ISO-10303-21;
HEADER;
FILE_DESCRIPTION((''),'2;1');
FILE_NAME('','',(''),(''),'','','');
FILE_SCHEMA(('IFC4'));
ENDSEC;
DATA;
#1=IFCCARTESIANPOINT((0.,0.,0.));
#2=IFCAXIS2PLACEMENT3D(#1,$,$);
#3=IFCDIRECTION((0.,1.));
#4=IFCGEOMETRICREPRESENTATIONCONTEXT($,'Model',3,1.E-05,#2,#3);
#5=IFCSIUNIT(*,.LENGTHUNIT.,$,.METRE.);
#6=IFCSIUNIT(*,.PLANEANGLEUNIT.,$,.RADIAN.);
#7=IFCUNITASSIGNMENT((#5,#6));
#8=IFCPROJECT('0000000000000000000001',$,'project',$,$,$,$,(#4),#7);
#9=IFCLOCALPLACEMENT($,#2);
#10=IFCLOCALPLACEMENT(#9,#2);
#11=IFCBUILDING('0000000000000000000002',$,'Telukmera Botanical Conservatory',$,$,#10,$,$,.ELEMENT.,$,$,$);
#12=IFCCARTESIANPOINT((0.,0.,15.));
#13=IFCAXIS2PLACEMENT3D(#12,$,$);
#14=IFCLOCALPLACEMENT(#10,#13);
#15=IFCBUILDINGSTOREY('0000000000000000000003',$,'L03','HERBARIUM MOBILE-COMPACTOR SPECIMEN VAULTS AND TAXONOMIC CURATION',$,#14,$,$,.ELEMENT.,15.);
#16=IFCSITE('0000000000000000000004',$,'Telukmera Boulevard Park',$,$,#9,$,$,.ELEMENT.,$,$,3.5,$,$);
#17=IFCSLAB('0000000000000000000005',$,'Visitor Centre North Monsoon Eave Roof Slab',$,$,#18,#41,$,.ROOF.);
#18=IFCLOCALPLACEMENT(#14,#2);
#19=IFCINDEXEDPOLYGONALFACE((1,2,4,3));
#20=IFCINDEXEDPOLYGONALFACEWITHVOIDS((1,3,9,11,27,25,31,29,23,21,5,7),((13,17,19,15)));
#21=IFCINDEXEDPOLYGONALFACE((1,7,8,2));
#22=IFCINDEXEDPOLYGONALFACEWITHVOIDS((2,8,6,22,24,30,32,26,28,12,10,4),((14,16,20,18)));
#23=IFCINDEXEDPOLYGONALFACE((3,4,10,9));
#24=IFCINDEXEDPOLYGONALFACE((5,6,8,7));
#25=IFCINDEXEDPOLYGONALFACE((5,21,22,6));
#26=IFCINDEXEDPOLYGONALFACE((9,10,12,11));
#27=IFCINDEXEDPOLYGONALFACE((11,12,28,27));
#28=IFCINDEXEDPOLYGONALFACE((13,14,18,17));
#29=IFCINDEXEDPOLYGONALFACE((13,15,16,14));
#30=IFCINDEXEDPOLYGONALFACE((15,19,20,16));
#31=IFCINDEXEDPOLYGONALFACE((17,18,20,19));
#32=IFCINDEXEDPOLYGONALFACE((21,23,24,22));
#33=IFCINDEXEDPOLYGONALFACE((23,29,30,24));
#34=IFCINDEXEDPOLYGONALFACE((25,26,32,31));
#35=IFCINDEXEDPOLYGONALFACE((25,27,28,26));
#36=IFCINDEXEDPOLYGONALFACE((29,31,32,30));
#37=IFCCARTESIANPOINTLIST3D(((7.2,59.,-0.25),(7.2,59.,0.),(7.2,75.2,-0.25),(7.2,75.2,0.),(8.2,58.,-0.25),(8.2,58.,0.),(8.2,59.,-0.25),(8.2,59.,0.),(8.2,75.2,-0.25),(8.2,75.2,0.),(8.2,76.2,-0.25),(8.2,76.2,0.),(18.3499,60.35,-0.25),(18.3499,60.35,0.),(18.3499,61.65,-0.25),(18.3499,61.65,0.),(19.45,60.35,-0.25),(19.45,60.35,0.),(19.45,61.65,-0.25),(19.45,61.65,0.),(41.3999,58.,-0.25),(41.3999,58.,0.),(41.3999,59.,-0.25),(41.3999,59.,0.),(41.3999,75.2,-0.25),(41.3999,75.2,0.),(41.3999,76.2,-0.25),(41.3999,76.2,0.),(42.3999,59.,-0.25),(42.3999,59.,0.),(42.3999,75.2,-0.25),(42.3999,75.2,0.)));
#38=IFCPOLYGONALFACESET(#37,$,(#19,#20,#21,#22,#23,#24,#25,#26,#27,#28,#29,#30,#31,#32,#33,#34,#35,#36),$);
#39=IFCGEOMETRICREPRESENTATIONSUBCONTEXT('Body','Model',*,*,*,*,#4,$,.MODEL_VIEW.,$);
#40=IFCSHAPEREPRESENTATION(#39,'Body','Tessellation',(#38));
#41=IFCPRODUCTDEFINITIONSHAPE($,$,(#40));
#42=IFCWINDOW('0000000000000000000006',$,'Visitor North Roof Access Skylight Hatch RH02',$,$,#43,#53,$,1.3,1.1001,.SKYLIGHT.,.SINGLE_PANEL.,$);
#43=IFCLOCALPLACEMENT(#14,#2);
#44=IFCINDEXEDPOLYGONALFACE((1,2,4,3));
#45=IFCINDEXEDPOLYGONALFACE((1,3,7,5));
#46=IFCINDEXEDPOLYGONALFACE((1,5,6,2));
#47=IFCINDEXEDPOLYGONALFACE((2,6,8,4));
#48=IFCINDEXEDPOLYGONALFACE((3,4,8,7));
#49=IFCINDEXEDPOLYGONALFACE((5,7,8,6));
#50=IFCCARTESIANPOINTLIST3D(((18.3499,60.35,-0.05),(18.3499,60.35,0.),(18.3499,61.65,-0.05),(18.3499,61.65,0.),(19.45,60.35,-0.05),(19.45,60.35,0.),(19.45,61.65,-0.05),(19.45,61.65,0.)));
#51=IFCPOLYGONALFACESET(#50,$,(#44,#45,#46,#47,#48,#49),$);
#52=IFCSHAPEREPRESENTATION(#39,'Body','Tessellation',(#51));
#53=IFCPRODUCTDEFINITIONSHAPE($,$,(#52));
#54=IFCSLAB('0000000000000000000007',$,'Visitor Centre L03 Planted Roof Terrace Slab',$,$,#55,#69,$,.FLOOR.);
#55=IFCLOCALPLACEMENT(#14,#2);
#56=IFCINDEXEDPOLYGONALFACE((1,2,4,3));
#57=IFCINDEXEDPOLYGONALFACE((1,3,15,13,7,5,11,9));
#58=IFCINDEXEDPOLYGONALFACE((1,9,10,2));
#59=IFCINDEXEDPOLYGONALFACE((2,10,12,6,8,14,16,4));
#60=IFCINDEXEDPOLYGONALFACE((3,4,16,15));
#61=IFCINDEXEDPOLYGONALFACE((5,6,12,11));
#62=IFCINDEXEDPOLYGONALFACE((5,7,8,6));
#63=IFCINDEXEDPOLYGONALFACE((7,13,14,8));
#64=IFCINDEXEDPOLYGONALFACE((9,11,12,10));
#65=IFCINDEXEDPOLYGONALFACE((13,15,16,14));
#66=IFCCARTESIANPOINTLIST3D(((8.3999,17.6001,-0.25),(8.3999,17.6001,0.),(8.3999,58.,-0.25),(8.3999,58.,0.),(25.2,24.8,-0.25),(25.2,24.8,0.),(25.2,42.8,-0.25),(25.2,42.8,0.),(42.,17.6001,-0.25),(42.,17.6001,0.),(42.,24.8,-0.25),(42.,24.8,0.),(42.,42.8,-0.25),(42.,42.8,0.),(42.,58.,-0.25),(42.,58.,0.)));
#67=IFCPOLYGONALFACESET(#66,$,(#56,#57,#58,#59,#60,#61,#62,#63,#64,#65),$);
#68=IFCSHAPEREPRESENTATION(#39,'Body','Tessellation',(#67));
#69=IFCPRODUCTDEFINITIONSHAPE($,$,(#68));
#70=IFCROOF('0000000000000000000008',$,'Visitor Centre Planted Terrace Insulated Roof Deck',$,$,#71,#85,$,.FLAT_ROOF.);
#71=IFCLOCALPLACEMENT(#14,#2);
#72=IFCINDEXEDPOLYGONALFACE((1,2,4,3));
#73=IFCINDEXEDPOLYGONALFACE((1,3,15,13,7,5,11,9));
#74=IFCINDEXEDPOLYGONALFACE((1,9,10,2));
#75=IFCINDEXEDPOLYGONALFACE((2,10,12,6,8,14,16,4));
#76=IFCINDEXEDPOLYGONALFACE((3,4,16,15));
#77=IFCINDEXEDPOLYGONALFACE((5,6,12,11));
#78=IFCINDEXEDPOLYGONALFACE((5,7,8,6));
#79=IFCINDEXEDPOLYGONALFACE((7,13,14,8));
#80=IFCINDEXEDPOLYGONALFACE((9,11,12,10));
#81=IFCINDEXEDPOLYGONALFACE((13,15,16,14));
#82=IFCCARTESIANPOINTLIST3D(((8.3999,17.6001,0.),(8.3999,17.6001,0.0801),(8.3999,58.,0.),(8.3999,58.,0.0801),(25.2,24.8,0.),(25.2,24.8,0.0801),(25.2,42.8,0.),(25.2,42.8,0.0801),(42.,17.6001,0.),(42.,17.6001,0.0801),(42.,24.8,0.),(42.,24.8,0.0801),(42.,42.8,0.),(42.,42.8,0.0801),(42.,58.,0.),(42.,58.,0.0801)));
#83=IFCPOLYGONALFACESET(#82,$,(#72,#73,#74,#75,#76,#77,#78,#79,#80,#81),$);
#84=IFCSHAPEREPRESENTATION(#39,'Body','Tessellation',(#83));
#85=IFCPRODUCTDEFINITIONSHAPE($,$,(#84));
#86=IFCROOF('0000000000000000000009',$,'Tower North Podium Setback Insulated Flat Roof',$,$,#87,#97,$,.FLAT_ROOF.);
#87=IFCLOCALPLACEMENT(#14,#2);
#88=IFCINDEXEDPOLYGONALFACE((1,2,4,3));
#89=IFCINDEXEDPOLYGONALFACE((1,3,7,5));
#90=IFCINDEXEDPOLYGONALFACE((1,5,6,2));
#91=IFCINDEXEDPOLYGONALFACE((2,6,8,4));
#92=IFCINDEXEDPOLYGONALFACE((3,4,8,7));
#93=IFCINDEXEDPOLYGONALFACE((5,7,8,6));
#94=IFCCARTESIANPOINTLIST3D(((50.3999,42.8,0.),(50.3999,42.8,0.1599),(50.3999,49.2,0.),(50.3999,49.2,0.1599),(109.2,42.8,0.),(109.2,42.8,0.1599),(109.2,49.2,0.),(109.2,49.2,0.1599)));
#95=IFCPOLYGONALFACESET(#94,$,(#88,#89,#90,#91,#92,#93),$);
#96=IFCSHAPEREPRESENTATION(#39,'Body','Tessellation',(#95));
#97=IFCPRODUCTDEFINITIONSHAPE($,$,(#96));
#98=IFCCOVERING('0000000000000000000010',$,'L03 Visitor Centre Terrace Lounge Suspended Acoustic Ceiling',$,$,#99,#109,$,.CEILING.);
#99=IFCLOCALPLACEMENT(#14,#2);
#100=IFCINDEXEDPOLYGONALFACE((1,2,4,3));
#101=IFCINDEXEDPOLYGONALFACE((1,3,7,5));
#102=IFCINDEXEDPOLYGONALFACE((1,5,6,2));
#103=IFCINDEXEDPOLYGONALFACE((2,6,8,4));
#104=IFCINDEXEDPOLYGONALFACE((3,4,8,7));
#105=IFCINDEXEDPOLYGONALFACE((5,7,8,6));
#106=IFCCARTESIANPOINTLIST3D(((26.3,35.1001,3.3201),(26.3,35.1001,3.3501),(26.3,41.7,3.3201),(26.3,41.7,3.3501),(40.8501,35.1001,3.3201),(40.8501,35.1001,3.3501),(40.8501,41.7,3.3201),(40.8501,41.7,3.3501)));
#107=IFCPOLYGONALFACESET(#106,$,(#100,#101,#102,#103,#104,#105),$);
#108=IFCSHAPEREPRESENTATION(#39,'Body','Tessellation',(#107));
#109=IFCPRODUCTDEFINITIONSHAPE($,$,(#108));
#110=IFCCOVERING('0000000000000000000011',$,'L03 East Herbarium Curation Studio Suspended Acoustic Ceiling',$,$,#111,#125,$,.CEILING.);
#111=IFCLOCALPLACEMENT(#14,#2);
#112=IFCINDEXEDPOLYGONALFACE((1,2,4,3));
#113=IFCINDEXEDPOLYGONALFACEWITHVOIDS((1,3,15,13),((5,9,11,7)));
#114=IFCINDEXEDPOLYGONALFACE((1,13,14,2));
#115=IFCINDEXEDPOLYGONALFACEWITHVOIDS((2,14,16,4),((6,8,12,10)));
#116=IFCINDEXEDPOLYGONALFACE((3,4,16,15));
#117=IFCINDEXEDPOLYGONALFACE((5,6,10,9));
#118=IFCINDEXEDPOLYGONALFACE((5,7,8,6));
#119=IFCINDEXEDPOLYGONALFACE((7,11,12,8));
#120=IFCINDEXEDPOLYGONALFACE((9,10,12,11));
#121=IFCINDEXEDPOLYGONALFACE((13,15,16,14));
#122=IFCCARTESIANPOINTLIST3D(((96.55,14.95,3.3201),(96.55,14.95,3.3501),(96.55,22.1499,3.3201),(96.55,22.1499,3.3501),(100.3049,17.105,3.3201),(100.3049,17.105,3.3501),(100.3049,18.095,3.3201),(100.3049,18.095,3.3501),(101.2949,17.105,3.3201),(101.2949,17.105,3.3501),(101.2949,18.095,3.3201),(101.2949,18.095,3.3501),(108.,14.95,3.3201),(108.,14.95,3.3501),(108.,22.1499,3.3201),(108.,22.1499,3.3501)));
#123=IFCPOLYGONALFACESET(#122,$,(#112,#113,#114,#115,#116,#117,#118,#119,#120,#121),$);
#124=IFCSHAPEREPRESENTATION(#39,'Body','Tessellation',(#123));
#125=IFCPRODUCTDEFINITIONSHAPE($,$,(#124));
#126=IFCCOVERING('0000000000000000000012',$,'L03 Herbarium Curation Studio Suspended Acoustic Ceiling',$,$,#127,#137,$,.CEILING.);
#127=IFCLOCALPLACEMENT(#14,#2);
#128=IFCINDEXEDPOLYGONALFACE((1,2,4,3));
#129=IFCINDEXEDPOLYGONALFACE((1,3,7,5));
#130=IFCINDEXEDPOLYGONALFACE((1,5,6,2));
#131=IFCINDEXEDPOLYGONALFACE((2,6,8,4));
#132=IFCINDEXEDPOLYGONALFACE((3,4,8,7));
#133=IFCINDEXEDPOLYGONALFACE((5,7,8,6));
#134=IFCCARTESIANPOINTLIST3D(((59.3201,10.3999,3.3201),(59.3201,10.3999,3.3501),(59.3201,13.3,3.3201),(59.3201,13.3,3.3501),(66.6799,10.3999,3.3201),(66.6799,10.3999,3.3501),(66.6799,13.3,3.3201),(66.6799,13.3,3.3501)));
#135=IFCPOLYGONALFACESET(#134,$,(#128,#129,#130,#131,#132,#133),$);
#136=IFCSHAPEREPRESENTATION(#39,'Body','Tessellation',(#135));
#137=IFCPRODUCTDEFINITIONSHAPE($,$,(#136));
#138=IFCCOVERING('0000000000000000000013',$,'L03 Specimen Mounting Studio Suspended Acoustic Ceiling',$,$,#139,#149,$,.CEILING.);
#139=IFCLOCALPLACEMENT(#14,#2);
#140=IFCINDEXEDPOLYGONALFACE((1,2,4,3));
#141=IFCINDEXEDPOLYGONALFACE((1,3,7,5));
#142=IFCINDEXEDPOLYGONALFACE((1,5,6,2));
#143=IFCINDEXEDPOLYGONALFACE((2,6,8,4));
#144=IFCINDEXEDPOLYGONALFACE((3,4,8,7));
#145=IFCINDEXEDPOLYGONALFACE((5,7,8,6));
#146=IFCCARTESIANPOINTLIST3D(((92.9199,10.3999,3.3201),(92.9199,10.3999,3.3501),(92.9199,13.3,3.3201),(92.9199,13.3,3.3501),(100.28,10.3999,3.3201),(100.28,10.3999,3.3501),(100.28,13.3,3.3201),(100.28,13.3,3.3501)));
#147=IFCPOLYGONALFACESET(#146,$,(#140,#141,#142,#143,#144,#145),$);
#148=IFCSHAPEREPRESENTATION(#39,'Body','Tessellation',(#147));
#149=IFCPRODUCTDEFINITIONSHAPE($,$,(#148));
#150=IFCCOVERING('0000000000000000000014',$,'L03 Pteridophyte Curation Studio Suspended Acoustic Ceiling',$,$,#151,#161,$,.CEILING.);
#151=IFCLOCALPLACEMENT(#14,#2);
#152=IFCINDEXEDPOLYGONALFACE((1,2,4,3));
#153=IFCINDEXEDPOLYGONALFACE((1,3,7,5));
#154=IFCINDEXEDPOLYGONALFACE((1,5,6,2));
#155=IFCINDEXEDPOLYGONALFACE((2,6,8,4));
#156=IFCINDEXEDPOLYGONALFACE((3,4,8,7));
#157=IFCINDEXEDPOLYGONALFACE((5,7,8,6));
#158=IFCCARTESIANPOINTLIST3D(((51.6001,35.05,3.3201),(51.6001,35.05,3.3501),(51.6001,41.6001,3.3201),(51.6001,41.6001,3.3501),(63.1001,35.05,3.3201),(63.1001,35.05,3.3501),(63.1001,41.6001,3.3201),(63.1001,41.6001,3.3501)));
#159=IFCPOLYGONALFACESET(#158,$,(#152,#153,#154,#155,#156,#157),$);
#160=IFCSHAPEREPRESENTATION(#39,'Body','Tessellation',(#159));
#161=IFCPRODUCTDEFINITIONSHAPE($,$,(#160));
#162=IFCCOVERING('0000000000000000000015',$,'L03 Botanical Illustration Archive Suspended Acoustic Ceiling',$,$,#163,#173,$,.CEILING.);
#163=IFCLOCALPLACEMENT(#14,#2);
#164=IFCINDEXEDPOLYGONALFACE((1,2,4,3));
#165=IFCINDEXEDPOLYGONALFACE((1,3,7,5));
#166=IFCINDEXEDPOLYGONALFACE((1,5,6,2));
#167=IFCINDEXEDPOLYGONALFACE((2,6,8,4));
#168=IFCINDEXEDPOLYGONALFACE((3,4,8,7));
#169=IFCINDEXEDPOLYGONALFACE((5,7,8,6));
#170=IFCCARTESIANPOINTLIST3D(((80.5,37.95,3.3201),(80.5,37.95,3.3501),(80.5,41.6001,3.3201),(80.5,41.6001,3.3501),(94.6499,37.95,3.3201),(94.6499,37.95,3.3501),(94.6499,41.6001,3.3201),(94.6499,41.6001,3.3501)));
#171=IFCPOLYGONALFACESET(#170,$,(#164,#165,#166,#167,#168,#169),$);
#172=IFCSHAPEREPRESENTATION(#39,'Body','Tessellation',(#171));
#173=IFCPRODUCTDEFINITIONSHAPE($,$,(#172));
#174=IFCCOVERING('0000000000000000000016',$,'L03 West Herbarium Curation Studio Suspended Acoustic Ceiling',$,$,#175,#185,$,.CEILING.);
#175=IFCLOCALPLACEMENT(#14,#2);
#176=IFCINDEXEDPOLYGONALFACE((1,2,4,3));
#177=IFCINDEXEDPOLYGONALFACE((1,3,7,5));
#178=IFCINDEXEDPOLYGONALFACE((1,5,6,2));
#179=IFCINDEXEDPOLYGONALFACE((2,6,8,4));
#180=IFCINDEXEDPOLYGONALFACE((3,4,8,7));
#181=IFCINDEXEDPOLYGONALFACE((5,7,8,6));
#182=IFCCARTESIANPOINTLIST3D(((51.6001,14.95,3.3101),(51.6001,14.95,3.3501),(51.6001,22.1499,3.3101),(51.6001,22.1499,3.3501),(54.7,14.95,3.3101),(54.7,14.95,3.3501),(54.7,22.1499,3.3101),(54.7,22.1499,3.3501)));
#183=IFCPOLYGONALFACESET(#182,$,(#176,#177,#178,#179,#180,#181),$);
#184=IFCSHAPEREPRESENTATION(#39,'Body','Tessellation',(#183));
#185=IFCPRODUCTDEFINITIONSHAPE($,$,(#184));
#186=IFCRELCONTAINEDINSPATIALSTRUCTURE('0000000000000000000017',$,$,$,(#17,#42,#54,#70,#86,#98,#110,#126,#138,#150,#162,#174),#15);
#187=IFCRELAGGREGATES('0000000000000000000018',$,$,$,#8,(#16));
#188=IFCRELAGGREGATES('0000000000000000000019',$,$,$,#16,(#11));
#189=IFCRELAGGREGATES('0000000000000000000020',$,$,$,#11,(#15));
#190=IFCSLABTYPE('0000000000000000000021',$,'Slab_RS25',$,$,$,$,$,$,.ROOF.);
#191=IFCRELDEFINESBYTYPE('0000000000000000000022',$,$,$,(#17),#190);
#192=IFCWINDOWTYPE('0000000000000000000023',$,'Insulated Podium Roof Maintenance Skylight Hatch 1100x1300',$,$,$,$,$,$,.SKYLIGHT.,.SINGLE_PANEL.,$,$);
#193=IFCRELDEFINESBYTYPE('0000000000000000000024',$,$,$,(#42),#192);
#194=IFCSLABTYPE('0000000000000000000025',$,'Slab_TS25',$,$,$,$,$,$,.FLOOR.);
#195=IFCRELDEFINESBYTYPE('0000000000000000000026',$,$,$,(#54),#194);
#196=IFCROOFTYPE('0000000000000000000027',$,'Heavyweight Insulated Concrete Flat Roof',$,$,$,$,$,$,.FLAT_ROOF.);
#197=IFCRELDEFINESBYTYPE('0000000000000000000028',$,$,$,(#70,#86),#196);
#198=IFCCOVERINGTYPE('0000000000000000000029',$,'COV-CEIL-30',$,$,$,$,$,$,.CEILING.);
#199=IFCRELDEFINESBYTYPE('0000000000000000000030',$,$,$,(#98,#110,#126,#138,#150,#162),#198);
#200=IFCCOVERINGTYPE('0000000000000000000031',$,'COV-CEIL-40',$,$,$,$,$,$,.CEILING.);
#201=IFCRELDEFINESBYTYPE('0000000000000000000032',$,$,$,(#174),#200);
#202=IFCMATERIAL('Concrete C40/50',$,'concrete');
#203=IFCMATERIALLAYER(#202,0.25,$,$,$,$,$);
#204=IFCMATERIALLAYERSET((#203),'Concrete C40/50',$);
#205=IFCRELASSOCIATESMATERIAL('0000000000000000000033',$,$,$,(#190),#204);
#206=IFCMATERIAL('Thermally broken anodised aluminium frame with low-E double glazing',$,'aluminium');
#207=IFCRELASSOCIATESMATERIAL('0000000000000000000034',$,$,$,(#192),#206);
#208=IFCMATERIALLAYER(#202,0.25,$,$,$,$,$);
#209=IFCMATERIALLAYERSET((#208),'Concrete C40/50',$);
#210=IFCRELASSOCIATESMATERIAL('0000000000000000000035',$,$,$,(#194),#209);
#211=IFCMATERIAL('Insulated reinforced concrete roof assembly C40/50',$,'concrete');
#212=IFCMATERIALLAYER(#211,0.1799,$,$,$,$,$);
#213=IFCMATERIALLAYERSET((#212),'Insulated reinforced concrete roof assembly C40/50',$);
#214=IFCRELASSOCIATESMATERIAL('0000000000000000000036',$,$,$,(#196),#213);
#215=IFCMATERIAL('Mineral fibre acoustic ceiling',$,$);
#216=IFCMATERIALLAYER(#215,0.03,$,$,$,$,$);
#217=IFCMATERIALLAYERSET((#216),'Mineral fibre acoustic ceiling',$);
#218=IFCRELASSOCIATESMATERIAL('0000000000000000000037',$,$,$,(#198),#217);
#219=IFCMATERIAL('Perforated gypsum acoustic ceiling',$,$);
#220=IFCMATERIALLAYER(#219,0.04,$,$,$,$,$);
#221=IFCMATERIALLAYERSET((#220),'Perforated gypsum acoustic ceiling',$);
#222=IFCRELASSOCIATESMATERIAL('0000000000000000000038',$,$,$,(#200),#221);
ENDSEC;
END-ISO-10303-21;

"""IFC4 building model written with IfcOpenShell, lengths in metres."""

from ifc_helpers import new_model, si_unit, direction, frame, origin, origin_2d, place, context, subcontext, project, spatial, polyline, rectangle, outline, extrude, material, layer, layer_set, type_object, element, fill, save


model = new_model("IFC4")

# Units and contexts
model_context = context("Model", 3, precision=1e-05, world=origin(), true_north=direction((0.0, 1.0)))
body_context = subcontext(model_context, "Body", "Model", "MODEL_VIEW")
ifc_project = project(units=[si_unit("LENGTHUNIT", "METRE"), si_unit("PLANEANGLEUNIT", "RADIAN")], contexts=[model_context])

# Site, building, storey
site_placement = place(None, origin())
site = spatial("IfcSite", under=ifc_project, at=site_placement, Name="Telukmera Boulevard Park", CompositionType="ELEMENT", RefElevation=3.5)
building_placement = place(site_placement, origin())
building = spatial("IfcBuilding", under=site, at=building_placement, Name="Telukmera Botanical Conservatory", CompositionType="ELEMENT")
storey_placement = place(building_placement, frame((0.0, 0.0, 15.0)))
storey = spatial("IfcBuildingStorey", under=building, at=storey_placement, Name="L03", Description="HERBARIUM MOBILE-COMPACTOR SPECIMEN VAULTS AND TAXONOMIC CURATION", CompositionType="ELEMENT", Elevation=15.0)

# Shared definitions
ifc_material_1 = material(Name="Concrete C40/50", Category="concrete")

# Slab, opening, window
ifc_layer_1 = layer(ifc_material_1, 0.25)
ifc_layer_set_1 = layer_set([ifc_layer_1], Name="Concrete C40/50")
slab_type_1 = type_object("IfcSlabType", Name="Slab_RS25", PredefinedType="ROOF", material=ifc_layer_set_1)
slab_1_placement = place(storey_placement, frame((0.0, 0.0, -0.25)))
slab_1 = element("IfcSlab", 1, at=slab_1_placement, inside=storey, type_object=slab_type_1, Name="Visitor Centre North Monsoon Eave Roof Slab", PredefinedType="ROOF", context=body_context, shape_type="SweptSolid", body=[
    extrude(outline(polyline([(8.2, 58.0), (41.3999, 58.0), (41.3999, 59.0), (42.3999, 59.0), (42.3999, 75.2), (41.3999, 75.2), (41.3999, 76.2), (8.2, 76.2), (8.2, 75.2), (7.2, 75.2), (7.2, 59.0), (8.2, 59.0), (8.2, 58.0)])), origin(), (0.0, 0.0, 1.0), 0.25),
])
opening_placement = place(slab_1_placement, frame((18.8999, 61.0, 0.0)))
opening = element("IfcOpeningElement", 2, at=opening_placement, cuts=slab_1, PredefinedType="OPENING", context=body_context, shape_type="SweptSolid", body=[
    extrude(rectangle(XDim=1.1001, YDim=1.3, at=origin_2d()), frame((0.0, 0.0, -0.01)), (0.0, 0.0, 1.0), 0.27),
])
ifc_material_2 = material(Name="Thermally broken anodised aluminium frame with low-E double glazing", Category="aluminium")
window_type = type_object("IfcWindowType", Name="Insulated Podium Roof Maintenance Skylight Hatch 1100x1300", PartitioningType="SINGLE_PANEL", PredefinedType="SKYLIGHT", material=ifc_material_2)
window_placement = place(opening_placement, frame((0.0, 0.0, 0.2)))
window = element("IfcWindow", 3, at=window_placement, inside=storey, type_object=window_type, Name="Visitor North Roof Access Skylight Hatch RH02", OverallHeight=1.3, OverallWidth=1.1001, PartitioningType="SINGLE_PANEL", PredefinedType="SKYLIGHT", context=body_context, shape_type="SweptSolid", body=[
    extrude(rectangle(XDim=1.1001, YDim=1.3, at=origin_2d()), origin(), (0.0, 0.0, 1.0), 0.05),
])
fill(opening, window)

# Slab
ifc_layer_2 = layer(ifc_material_1, 0.25)
ifc_layer_set_2 = layer_set([ifc_layer_2], Name="Concrete C40/50")
slab_type_2 = type_object("IfcSlabType", Name="Slab_TS25", PredefinedType="FLOOR", material=ifc_layer_set_2)
slab_2_placement = place(storey_placement, frame((0.0, 0.0, -0.25)))
element("IfcSlab", 4, at=slab_2_placement, inside=storey, type_object=slab_type_2, Name="Visitor Centre L03 Planted Roof Terrace Slab", PredefinedType="FLOOR", context=body_context, shape_type="SweptSolid", body=[
    extrude(outline(polyline([(8.3999, 17.6001), (42.0, 17.6001), (42.0, 24.8), (25.2, 24.8), (25.2, 42.8), (42.0, 42.8), (42.0, 58.0), (8.3999, 58.0), (8.3999, 17.6001)])), origin(), (0.0, 0.0, 1.0), 0.25),
])

# Roofs
ifc_material_3 = material(Name="Insulated reinforced concrete roof assembly C40/50", Category="concrete")
ifc_layer_3 = layer(ifc_material_3, 0.1799)
ifc_layer_set_3 = layer_set([ifc_layer_3], Name="Insulated reinforced concrete roof assembly C40/50")
roof_type = type_object("IfcRoofType", Name="Heavyweight Insulated Concrete Flat Roof", PredefinedType="FLAT_ROOF", material=ifc_layer_set_3)
roof_1_placement = place(storey_placement, origin())
element("IfcRoof", 5, at=roof_1_placement, inside=storey, type_object=roof_type, Name="Visitor Centre Planted Terrace Insulated Roof Deck", PredefinedType="FLAT_ROOF", context=body_context, shape_type="SweptSolid", body=[
    extrude(outline(polyline([(8.3999, 17.6001), (42.0, 17.6001), (42.0, 24.8), (25.2, 24.8), (25.2, 42.8), (42.0, 42.8), (42.0, 58.0), (8.3999, 58.0), (8.3999, 17.6001)])), origin(), (0.0, 0.0, 1.0), 0.0801),
])
roof_2_placement = place(storey_placement, origin())
element("IfcRoof", 6, at=roof_2_placement, inside=storey, type_object=roof_type, Name="Tower North Podium Setback Insulated Flat Roof", PredefinedType="FLAT_ROOF", context=body_context, shape_type="SweptSolid", body=[
    extrude(outline(polyline([(50.3999, 42.8), (109.2, 42.8), (109.2, 49.2), (50.3999, 49.2), (50.3999, 42.8)])), origin(), (0.0, 0.0, 1.0), 0.1599),
])

# Coverings
ifc_material_4 = material(Name="Mineral fibre acoustic ceiling")
ifc_layer_4 = layer(ifc_material_4, 0.03)
ifc_layer_set_4 = layer_set([ifc_layer_4], Name="Mineral fibre acoustic ceiling")
covering_type_1 = type_object("IfcCoveringType", Name="COV-CEIL-30", PredefinedType="CEILING", material=ifc_layer_set_4)
covering_1_placement = place(storey_placement, frame((0.0, 0.0, 3.3201)))
element("IfcCovering", 7, at=covering_1_placement, inside=storey, type_object=covering_type_1, Name="L03 Visitor Centre Terrace Lounge Suspended Acoustic Ceiling", PredefinedType="CEILING", context=body_context, shape_type="SweptSolid", body=[
    extrude(outline(polyline([(26.3, 35.1001), (40.8501, 35.1001), (40.8501, 41.7), (26.3, 41.7), (26.3, 35.1001)])), origin(), (0.0, 0.0, 1.0), 0.03),
])
covering_2_placement = place(storey_placement, frame((0.0, 0.0, 3.3201)))
element("IfcCovering", 8, at=covering_2_placement, inside=storey, type_object=covering_type_1, Name="L03 East Herbarium Curation Studio Suspended Acoustic Ceiling", PredefinedType="CEILING", context=body_context, shape_type="SweptSolid", body=[
    extrude(outline(polyline([(96.55, 14.95), (108.0, 14.95), (108.0, 22.1499), (96.55, 22.1499), (96.55, 14.95)]), holes=[polyline([(100.3049, 17.105), (101.2949, 17.105), (101.2949, 18.095), (100.3049, 18.095), (100.3049, 17.105)])]), origin(), (0.0, 0.0, 1.0), 0.03),
])
covering_3_placement = place(storey_placement, frame((0.0, 0.0, 3.3201)))
element("IfcCovering", 9, at=covering_3_placement, inside=storey, type_object=covering_type_1, Name="L03 Herbarium Curation Studio Suspended Acoustic Ceiling", PredefinedType="CEILING", context=body_context, shape_type="SweptSolid", body=[
    extrude(outline(polyline([(59.3201, 10.3999), (66.6799, 10.3999), (66.6799, 13.3), (59.3201, 13.3), (59.3201, 10.3999)])), origin(), (0.0, 0.0, 1.0), 0.03),
])
covering_4_placement = place(storey_placement, frame((0.0, 0.0, 3.3201)))
element("IfcCovering", 10, at=covering_4_placement, inside=storey, type_object=covering_type_1, Name="L03 Specimen Mounting Studio Suspended Acoustic Ceiling", PredefinedType="CEILING", context=body_context, shape_type="SweptSolid", body=[
    extrude(outline(polyline([(92.9199, 10.3999), (100.28, 10.3999), (100.28, 13.3), (92.9199, 13.3), (92.9199, 10.3999)])), origin(), (0.0, 0.0, 1.0), 0.03),
])
covering_5_placement = place(storey_placement, frame((0.0, 0.0, 3.3201)))
element("IfcCovering", 11, at=covering_5_placement, inside=storey, type_object=covering_type_1, Name="L03 Pteridophyte Curation Studio Suspended Acoustic Ceiling", PredefinedType="CEILING", context=body_context, shape_type="SweptSolid", body=[
    extrude(outline(polyline([(51.6001, 35.05), (63.1001, 35.05), (63.1001, 41.6001), (51.6001, 41.6001), (51.6001, 35.05)])), origin(), (0.0, 0.0, 1.0), 0.03),
])
covering_6_placement = place(storey_placement, frame((0.0, 0.0, 3.3201)))
element("IfcCovering", 12, at=covering_6_placement, inside=storey, type_object=covering_type_1, Name="L03 Botanical Illustration Archive Suspended Acoustic Ceiling", PredefinedType="CEILING", context=body_context, shape_type="SweptSolid", body=[
    extrude(outline(polyline([(80.5, 37.95), (94.6499, 37.95), (94.6499, 41.6001), (80.5, 41.6001), (80.5, 37.95)])), origin(), (0.0, 0.0, 1.0), 0.03),
])
ifc_material_5 = material(Name="Perforated gypsum acoustic ceiling")
ifc_layer_5 = layer(ifc_material_5, 0.04)
ifc_layer_set_5 = layer_set([ifc_layer_5], Name="Perforated gypsum acoustic ceiling")
covering_type_2 = type_object("IfcCoveringType", Name="COV-CEIL-40", PredefinedType="CEILING", material=ifc_layer_set_5)
covering_7_placement = place(storey_placement, frame((0.0, 0.0, 3.3101)))
element("IfcCovering", 13, at=covering_7_placement, inside=storey, type_object=covering_type_2, Name="L03 West Herbarium Curation Studio Suspended Acoustic Ceiling", PredefinedType="CEILING", context=body_context, shape_type="SweptSolid", body=[
    extrude(outline(polyline([(51.6001, 14.95), (54.7, 14.95), (54.7, 22.1499), (51.6001, 22.1499), (51.6001, 14.95)])), origin(), (0.0, 0.0, 1.0), 0.04),
])

save(model, "model.ifc")
